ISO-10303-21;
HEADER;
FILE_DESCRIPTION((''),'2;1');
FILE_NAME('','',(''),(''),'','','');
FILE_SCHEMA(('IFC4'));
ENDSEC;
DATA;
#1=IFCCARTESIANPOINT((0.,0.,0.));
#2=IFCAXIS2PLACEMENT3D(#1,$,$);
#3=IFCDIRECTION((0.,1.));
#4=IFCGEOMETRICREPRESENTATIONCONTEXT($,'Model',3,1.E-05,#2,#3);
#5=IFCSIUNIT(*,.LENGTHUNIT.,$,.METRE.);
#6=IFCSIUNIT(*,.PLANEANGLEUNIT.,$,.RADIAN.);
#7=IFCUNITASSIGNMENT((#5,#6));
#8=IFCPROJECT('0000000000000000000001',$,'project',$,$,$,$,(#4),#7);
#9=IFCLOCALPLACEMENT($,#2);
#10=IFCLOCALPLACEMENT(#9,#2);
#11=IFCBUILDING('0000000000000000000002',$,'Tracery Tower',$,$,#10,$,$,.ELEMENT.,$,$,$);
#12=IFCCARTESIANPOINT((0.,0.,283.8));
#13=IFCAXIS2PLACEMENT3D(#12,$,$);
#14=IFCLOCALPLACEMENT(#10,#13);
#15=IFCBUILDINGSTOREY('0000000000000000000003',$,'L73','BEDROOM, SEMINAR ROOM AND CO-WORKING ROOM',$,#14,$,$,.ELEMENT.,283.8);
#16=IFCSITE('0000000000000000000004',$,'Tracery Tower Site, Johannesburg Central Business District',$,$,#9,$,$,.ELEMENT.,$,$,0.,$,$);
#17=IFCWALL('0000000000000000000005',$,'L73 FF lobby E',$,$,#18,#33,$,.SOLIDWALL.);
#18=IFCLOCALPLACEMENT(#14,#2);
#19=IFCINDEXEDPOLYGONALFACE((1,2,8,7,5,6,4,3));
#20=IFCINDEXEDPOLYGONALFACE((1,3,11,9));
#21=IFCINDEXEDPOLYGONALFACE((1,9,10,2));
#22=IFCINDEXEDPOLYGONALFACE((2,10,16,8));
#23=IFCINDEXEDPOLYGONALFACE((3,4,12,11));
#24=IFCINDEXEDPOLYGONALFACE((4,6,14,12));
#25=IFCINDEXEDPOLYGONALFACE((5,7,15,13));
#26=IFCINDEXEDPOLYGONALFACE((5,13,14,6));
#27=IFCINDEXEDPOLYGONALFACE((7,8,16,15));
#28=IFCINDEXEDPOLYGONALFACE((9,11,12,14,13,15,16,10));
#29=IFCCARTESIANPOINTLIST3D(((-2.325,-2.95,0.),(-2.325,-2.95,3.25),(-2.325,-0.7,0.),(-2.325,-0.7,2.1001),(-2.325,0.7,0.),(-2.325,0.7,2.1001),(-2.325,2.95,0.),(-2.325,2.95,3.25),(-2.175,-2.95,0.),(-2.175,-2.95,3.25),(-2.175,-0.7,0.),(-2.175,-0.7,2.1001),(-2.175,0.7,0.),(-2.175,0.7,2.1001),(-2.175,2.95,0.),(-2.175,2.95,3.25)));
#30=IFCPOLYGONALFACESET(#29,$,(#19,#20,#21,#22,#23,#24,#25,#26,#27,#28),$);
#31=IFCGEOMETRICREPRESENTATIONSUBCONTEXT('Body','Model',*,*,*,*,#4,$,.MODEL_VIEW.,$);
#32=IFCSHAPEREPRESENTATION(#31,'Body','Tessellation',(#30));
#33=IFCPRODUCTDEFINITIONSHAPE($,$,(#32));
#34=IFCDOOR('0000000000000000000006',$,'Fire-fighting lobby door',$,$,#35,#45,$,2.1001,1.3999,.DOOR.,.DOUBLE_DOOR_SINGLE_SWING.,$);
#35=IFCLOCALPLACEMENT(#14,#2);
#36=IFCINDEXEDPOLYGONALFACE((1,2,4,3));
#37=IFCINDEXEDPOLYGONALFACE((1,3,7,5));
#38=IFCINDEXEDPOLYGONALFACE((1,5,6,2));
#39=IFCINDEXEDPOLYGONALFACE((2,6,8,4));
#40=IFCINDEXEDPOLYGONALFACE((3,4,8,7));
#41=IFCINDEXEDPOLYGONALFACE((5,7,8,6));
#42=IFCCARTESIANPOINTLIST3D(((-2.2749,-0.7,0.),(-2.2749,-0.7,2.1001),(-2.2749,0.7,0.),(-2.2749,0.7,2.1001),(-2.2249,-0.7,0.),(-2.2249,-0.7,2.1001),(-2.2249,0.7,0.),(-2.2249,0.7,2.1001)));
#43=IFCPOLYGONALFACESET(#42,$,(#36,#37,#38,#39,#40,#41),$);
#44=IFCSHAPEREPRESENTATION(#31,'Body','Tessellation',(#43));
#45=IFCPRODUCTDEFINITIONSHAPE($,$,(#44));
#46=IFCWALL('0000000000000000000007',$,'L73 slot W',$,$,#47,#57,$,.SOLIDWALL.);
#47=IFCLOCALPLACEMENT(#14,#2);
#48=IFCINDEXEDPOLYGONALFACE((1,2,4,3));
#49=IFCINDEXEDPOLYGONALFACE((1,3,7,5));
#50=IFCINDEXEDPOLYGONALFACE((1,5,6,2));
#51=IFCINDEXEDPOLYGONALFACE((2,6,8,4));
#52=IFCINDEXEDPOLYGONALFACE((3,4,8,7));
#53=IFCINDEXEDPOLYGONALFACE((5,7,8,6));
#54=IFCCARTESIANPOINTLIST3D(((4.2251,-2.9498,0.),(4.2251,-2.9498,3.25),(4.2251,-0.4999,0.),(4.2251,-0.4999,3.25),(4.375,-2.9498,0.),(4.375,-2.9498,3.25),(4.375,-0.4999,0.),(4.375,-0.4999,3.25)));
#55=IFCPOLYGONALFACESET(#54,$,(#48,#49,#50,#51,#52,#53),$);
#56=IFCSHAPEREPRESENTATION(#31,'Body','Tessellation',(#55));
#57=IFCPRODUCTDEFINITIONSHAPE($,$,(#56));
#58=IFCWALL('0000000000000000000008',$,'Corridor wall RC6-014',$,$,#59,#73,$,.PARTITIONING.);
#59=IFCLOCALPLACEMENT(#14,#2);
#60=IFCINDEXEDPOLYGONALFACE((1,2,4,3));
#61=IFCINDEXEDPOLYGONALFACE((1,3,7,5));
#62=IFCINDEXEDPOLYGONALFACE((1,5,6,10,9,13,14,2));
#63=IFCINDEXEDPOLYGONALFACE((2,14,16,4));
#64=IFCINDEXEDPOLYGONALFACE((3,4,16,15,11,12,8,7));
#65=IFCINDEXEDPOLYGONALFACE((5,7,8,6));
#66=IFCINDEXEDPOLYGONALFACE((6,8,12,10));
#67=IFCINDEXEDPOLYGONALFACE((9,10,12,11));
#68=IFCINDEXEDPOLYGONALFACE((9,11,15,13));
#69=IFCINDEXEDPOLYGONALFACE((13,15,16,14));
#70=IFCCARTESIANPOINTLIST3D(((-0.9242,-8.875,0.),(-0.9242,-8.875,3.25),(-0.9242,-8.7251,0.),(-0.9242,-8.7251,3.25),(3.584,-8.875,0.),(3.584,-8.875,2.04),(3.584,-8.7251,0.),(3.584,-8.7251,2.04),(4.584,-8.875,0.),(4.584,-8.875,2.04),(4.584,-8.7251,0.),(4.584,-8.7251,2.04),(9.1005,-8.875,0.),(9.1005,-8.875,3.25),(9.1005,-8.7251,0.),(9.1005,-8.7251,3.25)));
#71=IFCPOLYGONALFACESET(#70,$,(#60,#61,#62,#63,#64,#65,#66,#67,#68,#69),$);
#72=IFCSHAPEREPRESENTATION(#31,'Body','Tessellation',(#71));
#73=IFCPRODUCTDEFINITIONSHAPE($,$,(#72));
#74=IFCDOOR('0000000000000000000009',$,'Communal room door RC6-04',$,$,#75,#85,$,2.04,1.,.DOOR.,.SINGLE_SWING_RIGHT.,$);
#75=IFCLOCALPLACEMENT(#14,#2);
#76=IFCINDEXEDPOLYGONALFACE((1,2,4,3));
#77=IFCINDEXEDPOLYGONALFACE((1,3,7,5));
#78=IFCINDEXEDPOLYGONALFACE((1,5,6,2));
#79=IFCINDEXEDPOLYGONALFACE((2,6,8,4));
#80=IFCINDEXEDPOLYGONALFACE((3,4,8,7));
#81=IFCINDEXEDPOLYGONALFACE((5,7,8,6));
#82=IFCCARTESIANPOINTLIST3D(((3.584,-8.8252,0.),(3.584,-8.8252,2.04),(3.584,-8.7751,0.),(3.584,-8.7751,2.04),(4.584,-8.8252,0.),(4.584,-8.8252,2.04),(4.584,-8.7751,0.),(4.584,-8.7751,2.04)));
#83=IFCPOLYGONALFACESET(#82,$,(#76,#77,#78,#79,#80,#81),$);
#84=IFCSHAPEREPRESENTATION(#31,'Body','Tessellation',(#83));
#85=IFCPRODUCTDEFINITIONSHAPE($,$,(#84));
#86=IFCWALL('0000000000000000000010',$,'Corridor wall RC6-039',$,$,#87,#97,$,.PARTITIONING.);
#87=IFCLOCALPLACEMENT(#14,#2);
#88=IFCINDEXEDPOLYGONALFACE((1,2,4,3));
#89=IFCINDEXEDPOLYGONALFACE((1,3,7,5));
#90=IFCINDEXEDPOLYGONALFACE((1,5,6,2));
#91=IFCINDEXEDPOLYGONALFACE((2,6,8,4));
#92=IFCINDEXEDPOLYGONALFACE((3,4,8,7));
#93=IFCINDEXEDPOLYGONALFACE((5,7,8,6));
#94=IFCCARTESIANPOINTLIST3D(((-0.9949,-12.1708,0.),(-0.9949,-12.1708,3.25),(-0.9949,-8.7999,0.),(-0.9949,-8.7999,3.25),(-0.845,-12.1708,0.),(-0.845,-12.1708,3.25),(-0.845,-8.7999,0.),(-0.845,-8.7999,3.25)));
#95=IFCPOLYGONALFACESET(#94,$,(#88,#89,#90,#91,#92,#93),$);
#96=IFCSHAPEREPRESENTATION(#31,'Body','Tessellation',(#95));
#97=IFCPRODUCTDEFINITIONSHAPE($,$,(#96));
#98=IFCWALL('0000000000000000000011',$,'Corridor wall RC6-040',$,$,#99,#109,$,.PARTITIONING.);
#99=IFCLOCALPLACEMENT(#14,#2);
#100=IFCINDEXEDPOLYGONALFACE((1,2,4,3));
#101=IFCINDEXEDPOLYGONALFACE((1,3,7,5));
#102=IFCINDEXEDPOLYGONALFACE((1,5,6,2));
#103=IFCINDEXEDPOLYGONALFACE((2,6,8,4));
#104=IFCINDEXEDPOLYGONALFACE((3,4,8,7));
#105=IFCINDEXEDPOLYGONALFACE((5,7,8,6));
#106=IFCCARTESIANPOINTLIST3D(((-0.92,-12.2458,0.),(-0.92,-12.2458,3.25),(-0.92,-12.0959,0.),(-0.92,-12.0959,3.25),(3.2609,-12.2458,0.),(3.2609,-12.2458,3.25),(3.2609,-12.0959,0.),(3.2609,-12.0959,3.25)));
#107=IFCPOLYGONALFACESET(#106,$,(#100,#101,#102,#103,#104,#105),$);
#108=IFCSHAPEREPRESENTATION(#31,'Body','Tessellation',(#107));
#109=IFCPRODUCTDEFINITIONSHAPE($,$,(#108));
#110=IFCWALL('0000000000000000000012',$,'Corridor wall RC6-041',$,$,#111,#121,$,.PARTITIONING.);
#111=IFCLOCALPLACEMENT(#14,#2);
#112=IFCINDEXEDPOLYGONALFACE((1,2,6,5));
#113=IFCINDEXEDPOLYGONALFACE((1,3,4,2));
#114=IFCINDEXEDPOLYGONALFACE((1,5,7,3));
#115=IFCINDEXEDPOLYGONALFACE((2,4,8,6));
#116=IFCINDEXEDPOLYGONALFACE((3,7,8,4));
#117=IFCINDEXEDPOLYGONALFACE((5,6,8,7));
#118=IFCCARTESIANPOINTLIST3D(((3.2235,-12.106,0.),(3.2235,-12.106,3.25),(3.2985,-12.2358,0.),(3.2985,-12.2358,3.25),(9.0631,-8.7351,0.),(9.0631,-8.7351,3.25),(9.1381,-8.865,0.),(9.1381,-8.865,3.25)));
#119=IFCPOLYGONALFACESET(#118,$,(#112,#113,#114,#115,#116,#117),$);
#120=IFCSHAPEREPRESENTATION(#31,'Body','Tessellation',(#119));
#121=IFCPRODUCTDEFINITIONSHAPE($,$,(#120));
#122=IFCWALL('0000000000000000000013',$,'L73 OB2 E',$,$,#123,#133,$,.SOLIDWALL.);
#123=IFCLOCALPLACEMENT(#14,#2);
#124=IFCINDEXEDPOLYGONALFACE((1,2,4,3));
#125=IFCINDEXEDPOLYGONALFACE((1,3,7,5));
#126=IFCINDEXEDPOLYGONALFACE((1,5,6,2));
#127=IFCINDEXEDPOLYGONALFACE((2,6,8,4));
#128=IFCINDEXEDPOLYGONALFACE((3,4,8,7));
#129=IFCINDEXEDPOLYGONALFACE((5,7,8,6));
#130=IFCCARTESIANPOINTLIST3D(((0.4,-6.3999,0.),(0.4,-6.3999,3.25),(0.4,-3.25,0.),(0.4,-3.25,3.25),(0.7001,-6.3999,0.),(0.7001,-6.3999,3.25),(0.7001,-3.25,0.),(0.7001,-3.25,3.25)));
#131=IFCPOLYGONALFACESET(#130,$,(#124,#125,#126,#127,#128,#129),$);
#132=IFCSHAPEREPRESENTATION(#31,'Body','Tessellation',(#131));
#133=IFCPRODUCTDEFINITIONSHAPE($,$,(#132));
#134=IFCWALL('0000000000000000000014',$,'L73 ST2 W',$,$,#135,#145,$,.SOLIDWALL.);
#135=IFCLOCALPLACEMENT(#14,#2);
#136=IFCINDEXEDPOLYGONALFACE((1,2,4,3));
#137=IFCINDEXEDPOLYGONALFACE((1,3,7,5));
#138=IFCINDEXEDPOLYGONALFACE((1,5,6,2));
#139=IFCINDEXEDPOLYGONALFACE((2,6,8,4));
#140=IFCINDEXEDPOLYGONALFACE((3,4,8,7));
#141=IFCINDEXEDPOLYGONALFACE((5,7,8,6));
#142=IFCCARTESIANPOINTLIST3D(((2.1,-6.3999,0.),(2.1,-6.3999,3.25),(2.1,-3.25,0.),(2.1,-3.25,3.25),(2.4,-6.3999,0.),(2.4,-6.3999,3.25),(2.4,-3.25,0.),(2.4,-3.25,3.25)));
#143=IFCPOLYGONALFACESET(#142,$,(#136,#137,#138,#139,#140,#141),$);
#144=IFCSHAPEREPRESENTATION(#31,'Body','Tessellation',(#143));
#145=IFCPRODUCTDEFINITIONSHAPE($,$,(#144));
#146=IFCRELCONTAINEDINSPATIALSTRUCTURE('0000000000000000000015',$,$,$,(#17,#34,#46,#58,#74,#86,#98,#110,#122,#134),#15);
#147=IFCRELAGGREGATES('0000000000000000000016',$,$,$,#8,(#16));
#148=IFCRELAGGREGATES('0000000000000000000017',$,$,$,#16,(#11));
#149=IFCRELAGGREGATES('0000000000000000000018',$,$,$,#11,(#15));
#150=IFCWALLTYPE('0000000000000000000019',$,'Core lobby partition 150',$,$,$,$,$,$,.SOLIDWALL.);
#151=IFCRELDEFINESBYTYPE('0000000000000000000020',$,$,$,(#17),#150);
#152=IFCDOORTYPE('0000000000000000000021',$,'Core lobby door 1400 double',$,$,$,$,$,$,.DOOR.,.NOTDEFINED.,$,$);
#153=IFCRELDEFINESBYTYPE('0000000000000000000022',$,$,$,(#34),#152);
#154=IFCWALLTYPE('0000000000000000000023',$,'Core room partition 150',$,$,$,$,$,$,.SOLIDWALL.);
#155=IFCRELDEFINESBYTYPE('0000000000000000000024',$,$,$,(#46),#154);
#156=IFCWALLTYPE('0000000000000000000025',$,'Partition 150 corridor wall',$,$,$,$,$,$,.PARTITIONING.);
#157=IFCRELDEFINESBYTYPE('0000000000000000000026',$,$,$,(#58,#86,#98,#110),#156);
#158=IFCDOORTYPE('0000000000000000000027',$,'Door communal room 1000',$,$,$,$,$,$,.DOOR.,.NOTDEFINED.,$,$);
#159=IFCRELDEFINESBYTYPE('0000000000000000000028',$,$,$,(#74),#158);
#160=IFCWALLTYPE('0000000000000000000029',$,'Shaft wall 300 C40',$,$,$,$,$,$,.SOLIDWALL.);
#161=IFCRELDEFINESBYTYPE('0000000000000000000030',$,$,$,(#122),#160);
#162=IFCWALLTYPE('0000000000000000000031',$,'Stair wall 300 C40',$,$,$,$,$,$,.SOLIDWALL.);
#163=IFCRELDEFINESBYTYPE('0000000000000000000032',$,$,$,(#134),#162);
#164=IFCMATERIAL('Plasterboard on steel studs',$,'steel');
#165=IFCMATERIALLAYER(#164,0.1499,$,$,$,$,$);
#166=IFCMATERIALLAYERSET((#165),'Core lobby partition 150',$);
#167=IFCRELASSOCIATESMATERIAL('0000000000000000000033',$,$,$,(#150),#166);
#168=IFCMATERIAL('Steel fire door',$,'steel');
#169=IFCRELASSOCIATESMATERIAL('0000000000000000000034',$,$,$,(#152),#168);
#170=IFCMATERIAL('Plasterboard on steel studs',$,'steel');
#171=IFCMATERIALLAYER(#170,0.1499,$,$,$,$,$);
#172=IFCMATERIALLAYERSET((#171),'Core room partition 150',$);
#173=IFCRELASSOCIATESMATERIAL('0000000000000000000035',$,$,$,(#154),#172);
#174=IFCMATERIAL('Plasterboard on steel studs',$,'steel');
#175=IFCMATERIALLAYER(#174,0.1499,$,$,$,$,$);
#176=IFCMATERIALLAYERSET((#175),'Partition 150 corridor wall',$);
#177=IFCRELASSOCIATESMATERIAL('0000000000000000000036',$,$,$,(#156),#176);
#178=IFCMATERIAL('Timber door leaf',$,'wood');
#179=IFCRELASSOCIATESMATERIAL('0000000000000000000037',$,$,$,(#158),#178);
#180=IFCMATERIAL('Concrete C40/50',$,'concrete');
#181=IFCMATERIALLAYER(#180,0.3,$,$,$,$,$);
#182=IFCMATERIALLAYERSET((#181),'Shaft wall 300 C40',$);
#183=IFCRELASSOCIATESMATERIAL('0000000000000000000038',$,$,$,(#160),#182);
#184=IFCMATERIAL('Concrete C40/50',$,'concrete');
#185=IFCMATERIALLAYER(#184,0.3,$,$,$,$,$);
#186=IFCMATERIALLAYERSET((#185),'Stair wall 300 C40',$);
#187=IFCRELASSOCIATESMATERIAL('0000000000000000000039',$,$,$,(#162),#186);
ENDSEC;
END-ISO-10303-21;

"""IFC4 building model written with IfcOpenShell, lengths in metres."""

from ifc_helpers import new_model, si_unit, direction, frame, frame_2d, origin, place, context, subcontext, project, spatial, rectangle, extrude, material, layer, layer_set, type_object, element, fill, save


model = new_model("IFC4")

# Units and contexts
model_context = context("Model", 3, precision=1e-05, world=origin(), true_north=direction((0.0, 1.0)))
body_context = subcontext(model_context, "Body", "Model", "MODEL_VIEW")
ifc_project = project(units=[si_unit("LENGTHUNIT", "METRE"), si_unit("PLANEANGLEUNIT", "RADIAN")], contexts=[model_context])

# Site, building, storey
site_placement = place(None, origin())
site = spatial("IfcSite", under=ifc_project, at=site_placement, Name="Tracery Tower Site, Johannesburg Central Business District", CompositionType="ELEMENT", RefElevation=0.0)
building_placement = place(site_placement, origin())
building = spatial("IfcBuilding", under=site, at=building_placement, Name="Tracery Tower", CompositionType="ELEMENT")
storey_placement = place(building_placement, frame((0.0, 0.0, 283.8)))
storey = spatial("IfcBuildingStorey", under=building, at=storey_placement, Name="L73", Description="BEDROOM, SEMINAR ROOM AND CO-WORKING ROOM", CompositionType="ELEMENT", Elevation=283.8)

# Wall, opening, door
ifc_material_1 = material(Name="Plasterboard on steel studs", Category="steel")
ifc_layer_1 = layer(ifc_material_1, 0.1499)
ifc_layer_set_1 = layer_set([ifc_layer_1], Name="Core lobby partition 150")
wall_type_1 = type_object("IfcWallType", Name="Core lobby partition 150", PredefinedType="SOLIDWALL", material=ifc_layer_set_1)
wall_1_placement = place(storey_placement, frame((-2.25, -2.95, 0.0), z_axis=(0.0, 0.0, 1.0), x_axis=(0.0, 1.0, 0.0)))
wall_1 = element("IfcWall", 1, at=wall_1_placement, inside=storey, type_object=wall_type_1, Name="L73 FF lobby E", PredefinedType="SOLIDWALL", context=body_context, shape_type="SweptSolid", body=[
    extrude(rectangle(XDim=5.8999, YDim=0.1499, at=frame_2d((2.95, 0.0))), origin(), (0.0, 0.0, 1.0), 3.25),
])
opening_1_placement = place(wall_1_placement, frame((2.25, 0.0, 0.0)))
opening_1 = element("IfcOpeningElement", 2, at=opening_1_placement, cuts=wall_1, PredefinedType="OPENING", context=body_context, shape_type="SweptSolid", body=[
    extrude(rectangle(XDim=1.3999, YDim=2.1001, at=frame_2d((0.7, 1.05))), frame((0.0, 0.075, 0.0), z_axis=(0.0, -1.0, 0.0), x_axis=(1.0, 0.0, 0.0)), (0.0, 0.0, 1.0), 0.1499),
])
ifc_material_2 = material(Name="Steel fire door", Category="steel")
door_type_1 = type_object("IfcDoorType", Name="Core lobby door 1400 double", OperationType="NOTDEFINED", PredefinedType="DOOR", material=ifc_material_2)
door_1_placement = place(opening_1_placement, origin())
door_1 = element("IfcDoor", 3, at=door_1_placement, inside=storey, type_object=door_type_1, Name="Fire-fighting lobby door", OperationType="DOUBLE_DOOR_SINGLE_SWING", OverallHeight=2.1001, OverallWidth=1.3999, PredefinedType="DOOR", context=body_context, shape_type="SweptSolid", body=[
    extrude(rectangle(XDim=1.3999, YDim=2.1001, at=frame_2d((0.7, 1.05))), frame((0.0, 0.0249, 0.0), z_axis=(0.0, -1.0, 0.0), x_axis=(1.0, 0.0, 0.0)), (0.0, 0.0, 1.0), 0.05),
])
fill(opening_1, door_1)

# Wall
ifc_material_3 = material(Name="Plasterboard on steel studs", Category="steel")
ifc_layer_2 = layer(ifc_material_3, 0.1499)
ifc_layer_set_2 = layer_set([ifc_layer_2], Name="Core room partition 150")
wall_type_2 = type_object("IfcWallType", Name="Core room partition 150", PredefinedType="SOLIDWALL", material=ifc_layer_set_2)
wall_2_placement = place(storey_placement, frame((4.3, -2.95, 0.0), z_axis=(0.0, 0.0, 1.0), x_axis=(0.0, 1.0, 0.0)))
element("IfcWall", 4, at=wall_2_placement, inside=storey, type_object=wall_type_2, Name="L73 slot W", PredefinedType="SOLIDWALL", context=body_context, shape_type="SweptSolid", body=[
    extrude(rectangle(XDim=2.45, YDim=0.1499, at=frame_2d((1.2251, 0.0))), origin(), (0.0, 0.0, 1.0), 3.25),
])

# Wall, opening, door
ifc_material_4 = material(Name="Plasterboard on steel studs", Category="steel")
ifc_layer_3 = layer(ifc_material_4, 0.1499)
ifc_layer_set_3 = layer_set([ifc_layer_3], Name="Partition 150 corridor wall")
wall_type_3 = type_object("IfcWallType", Name="Partition 150 corridor wall", PredefinedType="PARTITIONING", material=ifc_layer_set_3)
wall_3_placement = place(storey_placement, frame((-0.9241, -8.8, 0.0), z_axis=(0.0, 0.0, 1.0), x_axis=(1.0, 0.0, 0.0)))
wall_3 = element("IfcWall", 5, at=wall_3_placement, inside=storey, type_object=wall_type_3, Name="Corridor wall RC6-014", PredefinedType="PARTITIONING", context=body_context, shape_type="SweptSolid", body=[
    extrude(rectangle(XDim=10.0247, YDim=0.1499, at=frame_2d((5.0122, 0.0))), origin(), (0.0, 0.0, 1.0), 3.25),
])
opening_2_placement = place(wall_3_placement, frame((4.5081, 0.0, 0.0)))
opening_2 = element("IfcOpeningElement", 6, at=opening_2_placement, cuts=wall_3, PredefinedType="OPENING", context=body_context, shape_type="SweptSolid", body=[
    extrude(rectangle(XDim=1.0, YDim=2.04, at=frame_2d((0.5, 1.02))), frame((0.0, 0.075, 0.0), z_axis=(0.0, -1.0, 0.0), x_axis=(1.0, 0.0, 0.0)), (0.0, 0.0, 1.0), 0.1499),
])
ifc_material_5 = material(Name="Timber door leaf", Category="wood")
door_type_2 = type_object("IfcDoorType", Name="Door communal room 1000", OperationType="NOTDEFINED", PredefinedType="DOOR", material=ifc_material_5)
door_2_placement = place(opening_2_placement, origin())
door_2 = element("IfcDoor", 7, at=door_2_placement, inside=storey, type_object=door_type_2, Name="Communal room door RC6-04", OperationType="SINGLE_SWING_RIGHT", OverallHeight=2.04, OverallWidth=1.0, PredefinedType="DOOR", context=body_context, shape_type="SweptSolid", body=[
    extrude(rectangle(XDim=1.0, YDim=2.04, at=frame_2d((0.5, 1.02))), frame((0.0, 0.0249, 0.0), z_axis=(0.0, -1.0, 0.0), x_axis=(1.0, 0.0, 0.0)), (0.0, 0.0, 1.0), 0.05),
])
fill(opening_2, door_2)

# Walls
wall_4_placement = place(storey_placement, frame((-0.9199, -12.1709, 0.0), z_axis=(0.0, 0.0, 1.0), x_axis=(0.0, 1.0, 0.0)))
element("IfcWall", 8, at=wall_4_placement, inside=storey, type_object=wall_type_3, Name="Corridor wall RC6-039", PredefinedType="PARTITIONING", context=body_context, shape_type="SweptSolid", body=[
    extrude(rectangle(XDim=3.3708, YDim=0.1499, at=frame_2d((1.6855, 0.0))), origin(), (0.0, 0.0, 1.0), 3.25),
])
wall_5_placement = place(storey_placement, frame((-0.9199, -12.1709, 0.0), z_axis=(0.0, 0.0, 1.0), x_axis=(1.0, 0.0, 0.0)))
element("IfcWall", 9, at=wall_5_placement, inside=storey, type_object=wall_type_3, Name="Corridor wall RC6-040", PredefinedType="PARTITIONING", context=body_context, shape_type="SweptSolid", body=[
    extrude(rectangle(XDim=4.1809, YDim=0.1499, at=frame_2d((2.0903, 0.0))), origin(), (0.0, 0.0, 1.0), 3.25),
])
wall_6_placement = place(storey_placement, frame((3.261, -12.1709, 0.0), z_axis=(0.0, 0.0, 1.0), x_axis=(0.866067, 0.499928, 0.0)))
element("IfcWall", 10, at=wall_6_placement, inside=storey, type_object=wall_type_3, Name="Corridor wall RC6-041", PredefinedType="PARTITIONING", context=body_context, shape_type="SweptSolid", body=[
    extrude(rectangle(XDim=6.7427, YDim=0.1499, at=frame_2d((3.3713, 0.0))), origin(), (0.0, 0.0, 1.0), 3.25),
])
ifc_material_6 = material(Name="Concrete C40/50", Category="concrete")
ifc_layer_4 = layer(ifc_material_6, 0.3)
ifc_layer_set_4 = layer_set([ifc_layer_4], Name="Shaft wall 300 C40")
wall_type_4 = type_object("IfcWallType", Name="Shaft wall 300 C40", PredefinedType="SOLIDWALL", material=ifc_layer_set_4)
wall_7_placement = place(storey_placement, frame((0.55, -6.3999, 0.0), z_axis=(0.0, 0.0, 1.0), x_axis=(0.0, 1.0, 0.0)))
element("IfcWall", 11, at=wall_7_placement, inside=storey, type_object=wall_type_4, Name="L73 OB2 E", PredefinedType="SOLIDWALL", context=body_context, shape_type="SweptSolid", body=[
    extrude(rectangle(XDim=3.1499, YDim=0.3, at=frame_2d((1.575, 0.0))), origin(), (0.0, 0.0, 1.0), 3.25),
])

# Shared definitions
ifc_material_7 = material(Name="Concrete C40/50", Category="concrete")
ifc_layer_5 = layer(ifc_material_7, 0.3)
ifc_layer_set_5 = layer_set([ifc_layer_5], Name="Stair wall 300 C40")
wall_type_5 = type_object("IfcWallType", Name="Stair wall 300 C40", PredefinedType="SOLIDWALL", material=ifc_layer_set_5)

# Wall
wall_8_placement = place(storey_placement, frame((2.25, -6.3999, 0.0), z_axis=(0.0, 0.0, 1.0), x_axis=(0.0, 1.0, 0.0)))
element("IfcWall", 12, at=wall_8_placement, inside=storey, type_object=wall_type_5, Name="L73 ST2 W", PredefinedType="SOLIDWALL", context=body_context, shape_type="SweptSolid", body=[
    extrude(rectangle(XDim=3.1499, YDim=0.3, at=frame_2d((1.575, 0.0))), origin(), (0.0, 0.0, 1.0), 3.25),
])

save(model, "model.ifc")
